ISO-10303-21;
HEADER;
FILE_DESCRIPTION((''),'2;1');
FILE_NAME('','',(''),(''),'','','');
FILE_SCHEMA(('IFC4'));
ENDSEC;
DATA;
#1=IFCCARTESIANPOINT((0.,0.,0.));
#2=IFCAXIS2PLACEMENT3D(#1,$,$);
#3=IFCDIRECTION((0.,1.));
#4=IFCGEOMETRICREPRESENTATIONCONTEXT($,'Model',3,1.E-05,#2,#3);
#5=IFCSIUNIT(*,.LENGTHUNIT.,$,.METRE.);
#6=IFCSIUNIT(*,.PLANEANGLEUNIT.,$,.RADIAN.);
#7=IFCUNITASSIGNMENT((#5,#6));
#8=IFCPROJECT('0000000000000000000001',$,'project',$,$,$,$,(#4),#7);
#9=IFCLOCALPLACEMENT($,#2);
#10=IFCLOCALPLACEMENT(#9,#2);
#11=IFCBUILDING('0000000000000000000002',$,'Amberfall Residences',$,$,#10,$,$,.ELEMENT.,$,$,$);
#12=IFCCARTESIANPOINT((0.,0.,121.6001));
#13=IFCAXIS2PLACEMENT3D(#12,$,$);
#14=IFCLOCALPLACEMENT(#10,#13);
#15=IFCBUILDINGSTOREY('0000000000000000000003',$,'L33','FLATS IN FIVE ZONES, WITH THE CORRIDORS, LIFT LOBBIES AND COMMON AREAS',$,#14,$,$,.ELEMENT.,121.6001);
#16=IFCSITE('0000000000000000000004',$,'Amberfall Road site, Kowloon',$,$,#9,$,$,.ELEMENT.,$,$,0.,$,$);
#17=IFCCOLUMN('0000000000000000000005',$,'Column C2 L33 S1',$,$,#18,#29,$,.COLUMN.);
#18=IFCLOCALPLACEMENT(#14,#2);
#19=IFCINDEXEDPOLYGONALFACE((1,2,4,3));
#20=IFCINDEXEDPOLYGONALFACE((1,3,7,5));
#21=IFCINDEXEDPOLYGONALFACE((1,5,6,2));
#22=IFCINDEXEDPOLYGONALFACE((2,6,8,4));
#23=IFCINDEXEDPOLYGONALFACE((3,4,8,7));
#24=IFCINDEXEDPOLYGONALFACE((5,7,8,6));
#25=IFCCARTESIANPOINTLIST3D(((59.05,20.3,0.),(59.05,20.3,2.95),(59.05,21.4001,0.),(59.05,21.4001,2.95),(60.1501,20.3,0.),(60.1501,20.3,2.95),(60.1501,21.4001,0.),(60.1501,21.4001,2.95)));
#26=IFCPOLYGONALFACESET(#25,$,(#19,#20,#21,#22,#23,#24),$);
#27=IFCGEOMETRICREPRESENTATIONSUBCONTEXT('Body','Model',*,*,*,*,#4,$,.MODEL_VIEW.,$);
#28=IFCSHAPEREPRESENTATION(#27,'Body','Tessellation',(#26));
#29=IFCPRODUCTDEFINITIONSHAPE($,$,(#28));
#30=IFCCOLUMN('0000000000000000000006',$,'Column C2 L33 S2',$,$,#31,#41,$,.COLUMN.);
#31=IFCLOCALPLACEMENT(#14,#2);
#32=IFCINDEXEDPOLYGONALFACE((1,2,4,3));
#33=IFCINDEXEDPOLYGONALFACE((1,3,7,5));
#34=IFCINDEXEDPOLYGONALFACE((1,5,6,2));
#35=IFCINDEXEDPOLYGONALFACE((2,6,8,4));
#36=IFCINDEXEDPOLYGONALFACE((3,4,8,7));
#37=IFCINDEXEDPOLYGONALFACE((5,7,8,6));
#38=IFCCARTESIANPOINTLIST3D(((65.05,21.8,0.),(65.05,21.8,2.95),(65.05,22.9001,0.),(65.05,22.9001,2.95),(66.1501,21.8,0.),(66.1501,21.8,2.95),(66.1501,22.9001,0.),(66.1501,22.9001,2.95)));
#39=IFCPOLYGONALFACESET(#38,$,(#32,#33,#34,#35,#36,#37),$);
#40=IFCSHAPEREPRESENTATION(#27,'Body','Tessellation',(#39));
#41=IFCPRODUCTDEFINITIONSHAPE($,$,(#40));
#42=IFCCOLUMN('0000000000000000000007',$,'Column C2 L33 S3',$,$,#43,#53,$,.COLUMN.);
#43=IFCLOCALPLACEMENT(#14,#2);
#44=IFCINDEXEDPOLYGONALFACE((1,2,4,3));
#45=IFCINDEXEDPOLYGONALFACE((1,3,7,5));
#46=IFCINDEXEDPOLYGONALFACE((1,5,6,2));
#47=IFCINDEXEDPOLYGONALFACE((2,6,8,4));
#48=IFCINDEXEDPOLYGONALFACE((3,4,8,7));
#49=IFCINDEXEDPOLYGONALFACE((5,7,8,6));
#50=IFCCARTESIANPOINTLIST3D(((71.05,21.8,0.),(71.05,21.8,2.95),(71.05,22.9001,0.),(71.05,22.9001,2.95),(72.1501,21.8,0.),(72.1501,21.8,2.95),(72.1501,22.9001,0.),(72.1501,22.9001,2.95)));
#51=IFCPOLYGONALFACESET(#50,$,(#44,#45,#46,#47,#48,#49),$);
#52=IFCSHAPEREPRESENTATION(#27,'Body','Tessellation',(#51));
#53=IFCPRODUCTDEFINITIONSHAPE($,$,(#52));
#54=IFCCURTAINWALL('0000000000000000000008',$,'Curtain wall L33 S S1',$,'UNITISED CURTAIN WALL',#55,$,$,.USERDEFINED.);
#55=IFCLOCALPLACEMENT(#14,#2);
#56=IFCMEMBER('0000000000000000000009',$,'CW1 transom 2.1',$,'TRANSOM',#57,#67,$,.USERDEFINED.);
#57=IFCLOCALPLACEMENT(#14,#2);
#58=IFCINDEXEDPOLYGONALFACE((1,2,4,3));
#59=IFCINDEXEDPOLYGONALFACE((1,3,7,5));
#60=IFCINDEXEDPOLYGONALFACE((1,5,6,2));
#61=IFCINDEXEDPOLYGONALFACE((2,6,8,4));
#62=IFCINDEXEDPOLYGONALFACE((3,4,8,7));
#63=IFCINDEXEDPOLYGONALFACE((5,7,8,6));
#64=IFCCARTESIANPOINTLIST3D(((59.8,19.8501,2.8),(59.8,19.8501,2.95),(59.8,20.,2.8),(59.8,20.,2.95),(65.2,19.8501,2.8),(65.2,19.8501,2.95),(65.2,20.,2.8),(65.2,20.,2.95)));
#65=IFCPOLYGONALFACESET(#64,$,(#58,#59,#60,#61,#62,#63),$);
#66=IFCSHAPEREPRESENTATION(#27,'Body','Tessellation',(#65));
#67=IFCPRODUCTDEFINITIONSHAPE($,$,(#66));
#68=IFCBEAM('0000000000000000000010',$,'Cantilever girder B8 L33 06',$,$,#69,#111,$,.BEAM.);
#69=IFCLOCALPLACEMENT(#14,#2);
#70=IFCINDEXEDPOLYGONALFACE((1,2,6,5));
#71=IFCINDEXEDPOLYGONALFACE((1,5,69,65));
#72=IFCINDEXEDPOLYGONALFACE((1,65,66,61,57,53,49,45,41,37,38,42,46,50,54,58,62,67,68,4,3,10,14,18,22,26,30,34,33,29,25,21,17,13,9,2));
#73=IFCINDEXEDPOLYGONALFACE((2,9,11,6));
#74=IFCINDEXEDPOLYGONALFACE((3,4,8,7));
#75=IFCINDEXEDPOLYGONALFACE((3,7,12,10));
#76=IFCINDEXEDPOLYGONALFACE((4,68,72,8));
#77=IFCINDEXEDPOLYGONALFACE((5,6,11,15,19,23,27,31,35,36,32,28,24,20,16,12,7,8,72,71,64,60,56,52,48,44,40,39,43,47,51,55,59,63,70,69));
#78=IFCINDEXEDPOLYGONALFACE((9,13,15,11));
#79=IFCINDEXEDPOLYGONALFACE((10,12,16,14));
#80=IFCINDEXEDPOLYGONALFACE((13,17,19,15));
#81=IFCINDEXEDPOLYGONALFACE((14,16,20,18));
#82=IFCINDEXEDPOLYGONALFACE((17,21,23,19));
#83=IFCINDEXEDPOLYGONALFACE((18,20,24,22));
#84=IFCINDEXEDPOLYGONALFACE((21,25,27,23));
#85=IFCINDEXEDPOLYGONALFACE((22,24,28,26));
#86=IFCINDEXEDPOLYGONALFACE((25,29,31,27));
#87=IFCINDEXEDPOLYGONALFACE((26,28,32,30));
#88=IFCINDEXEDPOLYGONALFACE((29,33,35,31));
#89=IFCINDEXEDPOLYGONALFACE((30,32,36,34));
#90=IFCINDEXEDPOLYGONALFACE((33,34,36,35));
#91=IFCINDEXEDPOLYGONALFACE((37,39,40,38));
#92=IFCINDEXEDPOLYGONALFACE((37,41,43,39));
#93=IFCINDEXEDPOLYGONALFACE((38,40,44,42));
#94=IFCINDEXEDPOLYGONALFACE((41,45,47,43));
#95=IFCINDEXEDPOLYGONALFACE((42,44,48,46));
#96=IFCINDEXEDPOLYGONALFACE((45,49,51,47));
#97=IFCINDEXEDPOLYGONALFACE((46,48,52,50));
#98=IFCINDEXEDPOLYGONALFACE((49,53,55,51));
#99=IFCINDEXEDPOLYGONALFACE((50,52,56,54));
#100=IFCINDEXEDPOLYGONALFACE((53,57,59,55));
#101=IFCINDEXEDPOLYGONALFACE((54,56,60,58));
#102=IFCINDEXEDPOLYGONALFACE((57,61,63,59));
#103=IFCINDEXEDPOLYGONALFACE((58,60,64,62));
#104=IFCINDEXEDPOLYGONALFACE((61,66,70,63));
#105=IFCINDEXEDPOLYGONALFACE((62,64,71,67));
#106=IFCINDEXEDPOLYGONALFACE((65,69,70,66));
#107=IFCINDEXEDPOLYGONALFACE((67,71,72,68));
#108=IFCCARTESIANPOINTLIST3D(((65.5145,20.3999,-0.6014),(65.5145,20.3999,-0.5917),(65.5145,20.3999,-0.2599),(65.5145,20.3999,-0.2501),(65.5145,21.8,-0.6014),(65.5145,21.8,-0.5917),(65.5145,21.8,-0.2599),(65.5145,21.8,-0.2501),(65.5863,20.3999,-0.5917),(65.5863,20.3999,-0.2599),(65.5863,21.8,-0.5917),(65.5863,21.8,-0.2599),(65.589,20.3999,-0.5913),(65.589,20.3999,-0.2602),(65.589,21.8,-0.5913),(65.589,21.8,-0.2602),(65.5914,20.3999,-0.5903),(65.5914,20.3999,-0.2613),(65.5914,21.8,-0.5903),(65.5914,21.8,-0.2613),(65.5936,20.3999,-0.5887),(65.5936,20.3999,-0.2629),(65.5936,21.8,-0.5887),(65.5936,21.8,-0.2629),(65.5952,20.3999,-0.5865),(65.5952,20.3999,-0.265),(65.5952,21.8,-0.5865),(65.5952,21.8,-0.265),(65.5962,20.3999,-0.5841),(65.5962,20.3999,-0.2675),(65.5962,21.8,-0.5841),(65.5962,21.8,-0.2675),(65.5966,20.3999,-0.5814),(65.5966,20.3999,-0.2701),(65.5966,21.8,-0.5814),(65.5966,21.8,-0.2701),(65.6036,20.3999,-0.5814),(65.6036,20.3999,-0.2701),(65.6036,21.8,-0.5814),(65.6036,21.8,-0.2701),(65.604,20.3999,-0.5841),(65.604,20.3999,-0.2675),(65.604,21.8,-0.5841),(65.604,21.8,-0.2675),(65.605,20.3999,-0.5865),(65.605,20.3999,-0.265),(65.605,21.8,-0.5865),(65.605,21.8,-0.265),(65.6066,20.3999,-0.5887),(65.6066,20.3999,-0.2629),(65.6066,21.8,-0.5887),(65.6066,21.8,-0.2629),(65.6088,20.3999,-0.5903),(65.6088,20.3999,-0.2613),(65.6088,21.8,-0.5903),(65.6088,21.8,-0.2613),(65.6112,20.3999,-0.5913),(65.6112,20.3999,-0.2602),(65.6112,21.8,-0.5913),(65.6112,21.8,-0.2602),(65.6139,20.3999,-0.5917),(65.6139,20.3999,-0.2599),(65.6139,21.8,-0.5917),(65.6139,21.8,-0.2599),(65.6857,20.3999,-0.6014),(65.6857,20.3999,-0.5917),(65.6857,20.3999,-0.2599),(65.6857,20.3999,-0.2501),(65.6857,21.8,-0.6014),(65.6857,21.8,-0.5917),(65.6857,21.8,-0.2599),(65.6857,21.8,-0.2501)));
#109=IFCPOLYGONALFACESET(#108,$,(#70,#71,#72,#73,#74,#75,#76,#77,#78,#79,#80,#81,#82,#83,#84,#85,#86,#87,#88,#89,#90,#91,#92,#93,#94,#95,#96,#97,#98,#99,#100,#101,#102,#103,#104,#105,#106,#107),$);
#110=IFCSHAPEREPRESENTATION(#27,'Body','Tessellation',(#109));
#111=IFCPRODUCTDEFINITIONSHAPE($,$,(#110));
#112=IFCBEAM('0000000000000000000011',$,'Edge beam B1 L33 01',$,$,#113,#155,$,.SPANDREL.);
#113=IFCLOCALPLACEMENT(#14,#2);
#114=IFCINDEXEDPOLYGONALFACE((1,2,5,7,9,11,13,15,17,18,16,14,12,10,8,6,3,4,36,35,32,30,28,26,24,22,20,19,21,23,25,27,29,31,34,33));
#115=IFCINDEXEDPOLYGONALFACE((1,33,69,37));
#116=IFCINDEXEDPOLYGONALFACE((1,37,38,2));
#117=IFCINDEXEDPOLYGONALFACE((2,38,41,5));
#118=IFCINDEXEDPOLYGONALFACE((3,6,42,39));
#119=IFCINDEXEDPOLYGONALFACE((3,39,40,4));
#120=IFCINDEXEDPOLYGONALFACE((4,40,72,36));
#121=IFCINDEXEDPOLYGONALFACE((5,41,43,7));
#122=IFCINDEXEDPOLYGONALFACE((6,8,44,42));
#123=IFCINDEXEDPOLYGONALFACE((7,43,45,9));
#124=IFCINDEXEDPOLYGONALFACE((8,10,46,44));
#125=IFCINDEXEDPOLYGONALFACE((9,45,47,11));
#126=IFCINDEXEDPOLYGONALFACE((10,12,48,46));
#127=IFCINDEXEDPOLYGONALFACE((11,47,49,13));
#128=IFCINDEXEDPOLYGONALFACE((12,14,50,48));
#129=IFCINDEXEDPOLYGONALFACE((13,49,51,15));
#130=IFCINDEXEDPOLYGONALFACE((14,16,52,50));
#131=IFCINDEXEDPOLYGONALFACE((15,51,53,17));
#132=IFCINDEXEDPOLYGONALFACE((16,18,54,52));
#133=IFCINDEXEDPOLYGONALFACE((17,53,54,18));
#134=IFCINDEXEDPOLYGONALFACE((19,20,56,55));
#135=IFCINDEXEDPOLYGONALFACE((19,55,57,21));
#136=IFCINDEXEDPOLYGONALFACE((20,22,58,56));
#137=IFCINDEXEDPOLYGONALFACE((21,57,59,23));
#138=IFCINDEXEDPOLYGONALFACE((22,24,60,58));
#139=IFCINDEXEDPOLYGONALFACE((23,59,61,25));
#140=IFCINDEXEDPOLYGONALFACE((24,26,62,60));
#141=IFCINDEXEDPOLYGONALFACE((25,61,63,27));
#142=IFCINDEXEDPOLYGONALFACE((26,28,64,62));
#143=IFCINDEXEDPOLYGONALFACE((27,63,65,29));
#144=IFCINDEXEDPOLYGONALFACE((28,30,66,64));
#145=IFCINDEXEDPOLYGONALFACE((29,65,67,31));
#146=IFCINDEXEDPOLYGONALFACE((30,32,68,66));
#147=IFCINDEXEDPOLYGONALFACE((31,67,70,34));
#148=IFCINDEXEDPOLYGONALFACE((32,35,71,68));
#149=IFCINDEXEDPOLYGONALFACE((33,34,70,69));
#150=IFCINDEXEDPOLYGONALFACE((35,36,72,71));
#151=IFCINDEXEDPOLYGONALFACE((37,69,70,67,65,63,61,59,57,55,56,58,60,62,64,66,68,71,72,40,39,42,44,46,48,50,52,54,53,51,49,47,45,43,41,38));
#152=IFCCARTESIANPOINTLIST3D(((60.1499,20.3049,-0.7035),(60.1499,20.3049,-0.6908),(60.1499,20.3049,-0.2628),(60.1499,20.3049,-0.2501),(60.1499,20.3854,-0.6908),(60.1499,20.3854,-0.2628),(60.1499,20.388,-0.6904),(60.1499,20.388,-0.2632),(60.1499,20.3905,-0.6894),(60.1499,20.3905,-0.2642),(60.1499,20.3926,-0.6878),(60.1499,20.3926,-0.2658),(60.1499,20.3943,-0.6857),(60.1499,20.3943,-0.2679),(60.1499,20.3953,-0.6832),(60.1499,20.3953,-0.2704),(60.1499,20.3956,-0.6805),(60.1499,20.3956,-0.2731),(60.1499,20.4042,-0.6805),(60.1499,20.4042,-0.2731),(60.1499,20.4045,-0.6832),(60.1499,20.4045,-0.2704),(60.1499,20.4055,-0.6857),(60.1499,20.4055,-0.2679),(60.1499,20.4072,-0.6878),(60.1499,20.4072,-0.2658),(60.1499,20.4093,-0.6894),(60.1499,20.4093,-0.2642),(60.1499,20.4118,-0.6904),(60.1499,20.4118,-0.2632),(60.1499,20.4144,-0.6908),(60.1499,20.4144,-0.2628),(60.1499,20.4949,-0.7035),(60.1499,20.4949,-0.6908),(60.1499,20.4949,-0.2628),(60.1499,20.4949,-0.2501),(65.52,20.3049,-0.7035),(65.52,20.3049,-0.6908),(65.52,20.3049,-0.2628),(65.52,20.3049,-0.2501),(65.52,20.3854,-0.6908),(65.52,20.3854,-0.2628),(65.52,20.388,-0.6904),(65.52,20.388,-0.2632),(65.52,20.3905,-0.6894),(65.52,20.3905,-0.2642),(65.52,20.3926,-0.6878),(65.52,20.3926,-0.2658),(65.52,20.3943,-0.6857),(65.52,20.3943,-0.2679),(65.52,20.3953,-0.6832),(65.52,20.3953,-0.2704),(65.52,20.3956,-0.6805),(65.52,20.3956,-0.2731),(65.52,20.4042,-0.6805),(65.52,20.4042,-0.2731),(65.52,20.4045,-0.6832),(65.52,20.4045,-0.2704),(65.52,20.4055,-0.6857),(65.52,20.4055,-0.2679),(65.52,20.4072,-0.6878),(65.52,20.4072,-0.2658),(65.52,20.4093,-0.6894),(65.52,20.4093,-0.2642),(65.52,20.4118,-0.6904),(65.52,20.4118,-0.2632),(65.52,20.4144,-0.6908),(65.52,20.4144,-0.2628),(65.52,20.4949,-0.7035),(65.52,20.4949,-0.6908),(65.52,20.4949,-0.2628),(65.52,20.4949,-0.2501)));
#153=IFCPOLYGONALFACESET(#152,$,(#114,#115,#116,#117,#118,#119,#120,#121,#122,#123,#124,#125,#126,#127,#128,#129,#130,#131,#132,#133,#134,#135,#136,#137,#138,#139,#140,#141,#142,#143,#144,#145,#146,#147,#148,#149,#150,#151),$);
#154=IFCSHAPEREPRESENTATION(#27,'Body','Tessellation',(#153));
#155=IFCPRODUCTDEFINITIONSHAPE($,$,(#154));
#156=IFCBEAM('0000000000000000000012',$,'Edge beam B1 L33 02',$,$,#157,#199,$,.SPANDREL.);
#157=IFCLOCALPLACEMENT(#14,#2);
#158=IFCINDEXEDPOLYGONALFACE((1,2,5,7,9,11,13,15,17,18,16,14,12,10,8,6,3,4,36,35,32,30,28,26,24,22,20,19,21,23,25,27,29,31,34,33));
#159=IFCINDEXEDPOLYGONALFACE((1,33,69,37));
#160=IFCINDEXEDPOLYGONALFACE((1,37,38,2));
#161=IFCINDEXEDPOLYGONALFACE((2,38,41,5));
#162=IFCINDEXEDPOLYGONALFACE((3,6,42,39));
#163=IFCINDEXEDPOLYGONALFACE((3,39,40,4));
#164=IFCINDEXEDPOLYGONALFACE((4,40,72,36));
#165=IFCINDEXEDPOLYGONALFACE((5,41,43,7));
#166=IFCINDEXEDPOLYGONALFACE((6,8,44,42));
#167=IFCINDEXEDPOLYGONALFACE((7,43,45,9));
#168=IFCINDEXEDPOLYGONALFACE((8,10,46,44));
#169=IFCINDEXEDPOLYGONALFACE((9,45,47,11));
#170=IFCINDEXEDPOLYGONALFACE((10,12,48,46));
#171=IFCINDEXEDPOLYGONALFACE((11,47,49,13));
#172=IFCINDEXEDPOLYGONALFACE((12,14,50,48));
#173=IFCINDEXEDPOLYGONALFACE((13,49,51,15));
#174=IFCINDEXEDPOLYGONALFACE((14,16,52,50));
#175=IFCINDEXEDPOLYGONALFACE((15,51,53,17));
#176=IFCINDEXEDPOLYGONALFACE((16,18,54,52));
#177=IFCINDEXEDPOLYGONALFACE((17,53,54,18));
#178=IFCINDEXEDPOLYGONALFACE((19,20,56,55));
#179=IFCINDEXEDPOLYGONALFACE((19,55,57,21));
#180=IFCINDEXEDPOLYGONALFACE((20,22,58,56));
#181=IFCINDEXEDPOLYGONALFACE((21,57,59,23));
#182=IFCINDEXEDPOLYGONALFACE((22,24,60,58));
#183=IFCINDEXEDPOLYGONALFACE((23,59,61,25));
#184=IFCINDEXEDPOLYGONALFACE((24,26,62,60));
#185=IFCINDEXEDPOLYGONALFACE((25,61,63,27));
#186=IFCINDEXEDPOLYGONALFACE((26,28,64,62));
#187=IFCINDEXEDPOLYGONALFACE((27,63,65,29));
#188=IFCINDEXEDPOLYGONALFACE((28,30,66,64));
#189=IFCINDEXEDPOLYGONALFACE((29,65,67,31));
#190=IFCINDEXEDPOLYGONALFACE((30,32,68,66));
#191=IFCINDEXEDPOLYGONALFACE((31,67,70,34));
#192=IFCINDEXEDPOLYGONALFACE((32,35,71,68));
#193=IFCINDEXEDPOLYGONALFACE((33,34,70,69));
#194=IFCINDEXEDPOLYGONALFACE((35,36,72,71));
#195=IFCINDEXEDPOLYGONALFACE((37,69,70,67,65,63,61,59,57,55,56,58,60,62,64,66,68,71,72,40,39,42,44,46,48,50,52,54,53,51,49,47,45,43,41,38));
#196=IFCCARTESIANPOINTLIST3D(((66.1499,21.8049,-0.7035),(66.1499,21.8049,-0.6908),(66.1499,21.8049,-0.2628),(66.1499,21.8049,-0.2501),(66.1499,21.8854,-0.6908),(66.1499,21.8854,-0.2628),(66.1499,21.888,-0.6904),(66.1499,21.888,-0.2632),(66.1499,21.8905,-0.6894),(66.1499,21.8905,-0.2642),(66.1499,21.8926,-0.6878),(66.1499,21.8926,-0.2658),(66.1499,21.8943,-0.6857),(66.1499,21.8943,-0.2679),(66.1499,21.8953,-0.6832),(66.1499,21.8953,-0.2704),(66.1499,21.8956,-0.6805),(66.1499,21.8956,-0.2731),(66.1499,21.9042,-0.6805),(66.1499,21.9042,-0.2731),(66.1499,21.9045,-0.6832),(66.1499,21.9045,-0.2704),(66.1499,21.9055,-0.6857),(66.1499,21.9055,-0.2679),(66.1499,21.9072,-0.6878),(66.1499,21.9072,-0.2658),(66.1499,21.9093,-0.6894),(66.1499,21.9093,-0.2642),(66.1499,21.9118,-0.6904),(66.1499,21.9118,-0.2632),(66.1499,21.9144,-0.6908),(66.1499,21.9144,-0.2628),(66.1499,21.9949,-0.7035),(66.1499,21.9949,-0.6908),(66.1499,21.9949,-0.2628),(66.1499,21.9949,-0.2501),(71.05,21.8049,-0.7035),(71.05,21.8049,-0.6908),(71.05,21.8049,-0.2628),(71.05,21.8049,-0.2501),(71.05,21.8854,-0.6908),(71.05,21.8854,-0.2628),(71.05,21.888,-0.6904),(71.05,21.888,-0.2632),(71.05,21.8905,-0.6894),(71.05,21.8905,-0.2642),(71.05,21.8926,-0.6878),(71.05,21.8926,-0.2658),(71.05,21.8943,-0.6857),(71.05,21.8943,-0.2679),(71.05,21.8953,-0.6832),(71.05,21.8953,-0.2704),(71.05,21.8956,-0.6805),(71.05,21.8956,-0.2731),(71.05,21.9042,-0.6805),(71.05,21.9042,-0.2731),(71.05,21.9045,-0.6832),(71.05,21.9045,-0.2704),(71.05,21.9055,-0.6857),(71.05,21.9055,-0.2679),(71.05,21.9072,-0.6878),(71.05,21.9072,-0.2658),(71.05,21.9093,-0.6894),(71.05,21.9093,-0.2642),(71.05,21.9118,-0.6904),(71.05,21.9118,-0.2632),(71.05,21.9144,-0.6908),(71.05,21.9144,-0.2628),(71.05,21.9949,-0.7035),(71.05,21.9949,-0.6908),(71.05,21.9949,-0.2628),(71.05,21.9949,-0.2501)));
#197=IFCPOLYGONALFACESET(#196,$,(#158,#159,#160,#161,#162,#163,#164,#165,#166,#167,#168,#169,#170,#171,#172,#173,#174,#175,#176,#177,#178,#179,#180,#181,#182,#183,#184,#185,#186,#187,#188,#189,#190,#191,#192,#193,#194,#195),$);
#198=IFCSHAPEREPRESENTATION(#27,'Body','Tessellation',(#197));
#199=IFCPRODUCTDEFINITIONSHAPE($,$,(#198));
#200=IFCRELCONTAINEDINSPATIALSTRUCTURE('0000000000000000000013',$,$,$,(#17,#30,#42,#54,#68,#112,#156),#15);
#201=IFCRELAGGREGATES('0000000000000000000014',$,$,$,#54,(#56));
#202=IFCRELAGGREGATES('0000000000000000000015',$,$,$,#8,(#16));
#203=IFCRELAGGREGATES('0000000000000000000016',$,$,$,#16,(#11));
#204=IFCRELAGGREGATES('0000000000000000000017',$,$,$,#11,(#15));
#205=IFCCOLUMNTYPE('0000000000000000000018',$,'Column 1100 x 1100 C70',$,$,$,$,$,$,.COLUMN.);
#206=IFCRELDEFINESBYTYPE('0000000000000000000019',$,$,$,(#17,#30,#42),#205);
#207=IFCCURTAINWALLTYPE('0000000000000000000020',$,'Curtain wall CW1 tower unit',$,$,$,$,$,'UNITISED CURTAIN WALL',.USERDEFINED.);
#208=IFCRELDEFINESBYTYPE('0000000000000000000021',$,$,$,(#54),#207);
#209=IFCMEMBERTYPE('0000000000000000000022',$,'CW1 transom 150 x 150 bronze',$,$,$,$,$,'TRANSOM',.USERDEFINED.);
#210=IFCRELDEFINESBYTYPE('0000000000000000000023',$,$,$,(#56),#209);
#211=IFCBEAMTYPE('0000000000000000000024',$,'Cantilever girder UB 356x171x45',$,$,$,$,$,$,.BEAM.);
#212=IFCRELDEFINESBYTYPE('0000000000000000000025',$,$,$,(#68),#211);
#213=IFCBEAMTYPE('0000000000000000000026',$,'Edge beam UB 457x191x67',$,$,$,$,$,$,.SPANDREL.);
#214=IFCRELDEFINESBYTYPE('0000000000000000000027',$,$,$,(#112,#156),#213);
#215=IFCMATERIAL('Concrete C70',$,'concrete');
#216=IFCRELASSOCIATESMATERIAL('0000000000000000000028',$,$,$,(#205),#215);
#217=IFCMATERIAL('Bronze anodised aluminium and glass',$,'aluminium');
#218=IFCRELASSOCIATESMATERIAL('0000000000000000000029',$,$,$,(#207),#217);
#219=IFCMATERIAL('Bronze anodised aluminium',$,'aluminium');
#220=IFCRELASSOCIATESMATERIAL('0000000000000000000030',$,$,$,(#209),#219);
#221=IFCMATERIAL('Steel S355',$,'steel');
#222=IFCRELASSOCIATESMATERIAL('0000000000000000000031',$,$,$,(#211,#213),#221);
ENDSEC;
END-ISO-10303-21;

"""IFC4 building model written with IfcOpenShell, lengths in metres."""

from ifc_helpers import new_model, si_unit, direction, frame, origin, origin_2d, place, context, subcontext, project, spatial, rectangle, i_section, extrude, material, material_profile, profile_set, type_object, element, aggregate, save


model = new_model("IFC4")

# Units and contexts
model_context = context("Model", 3, precision=1e-05, world=origin(), true_north=direction((0.0, 1.0)))
body_context = subcontext(model_context, "Body", "Model", "MODEL_VIEW")
ifc_project = project(units=[si_unit("LENGTHUNIT", "METRE"), si_unit("PLANEANGLEUNIT", "RADIAN")], contexts=[model_context])

# Site, building, storey
site_placement = place(None, origin())
site = spatial("IfcSite", under=ifc_project, at=site_placement, Name="Amberfall Road site, Kowloon", CompositionType="ELEMENT", RefElevation=0.0)
building_placement = place(site_placement, origin())
building = spatial("IfcBuilding", under=site, at=building_placement, Name="Amberfall Residences", CompositionType="ELEMENT")
storey_placement = place(building_placement, frame((0.0, 0.0, 121.6001)))
storey = spatial("IfcBuildingStorey", under=building, at=storey_placement, Name="L33", Description="FLATS IN FIVE ZONES, WITH THE CORRIDORS, LIFT LOBBIES AND COMMON AREAS", CompositionType="ELEMENT", Elevation=121.6001)

# Columns
ifc_material_1 = material(Name="Concrete C70", Category="concrete")
ifc_material_profile_1 = material_profile(ifc_material_1, rectangle(XDim=1.1001, YDim=1.1001, at=origin_2d()), Name="Column 1100 x 1100 C70")
ifc_profile_set_1 = profile_set([ifc_material_profile_1], Name="Concrete C70")
column_type = type_object("IfcColumnType", Name="Column 1100 x 1100 C70", PredefinedType="COLUMN", material=ifc_profile_set_1)
for number, where, z_axis, x_axis, name in (
    (1, (59.6001, 20.8501, 0.0), (0.0, 0.0, 1.0), (1.0, 0.0, 0.0), "Column C2 L33 S1"),
    (2, (65.6001, 22.3501, 0.0), (0.0, 0.0, 1.0), (1.0, 0.0, 0.0), "Column C2 L33 S2"),
    (3, (71.6001, 22.3501, 0.0), (0.0, 0.0, 1.0), (1.0, 0.0, 0.0), "Column C2 L33 S3"),
):
    element("IfcColumn", number, at=place(storey_placement, frame(where, z_axis=z_axis, x_axis=x_axis)), inside=storey, type_object=column_type, Name=name, PredefinedType="COLUMN", context=body_context, shape_type="SweptSolid", body=[
        extrude(rectangle(XDim=1.1001, YDim=1.1001, at=origin_2d()), origin(), (0.0, 0.0, 1.0), 2.95),
    ])

# Curtain wall, member
ifc_material_2 = material(Name="Bronze anodised aluminium and glass", Category="aluminium")
curtain_wall_type = type_object("IfcCurtainWallType", Name="Curtain wall CW1 tower unit", ElementType="UNITISED CURTAIN WALL", PredefinedType="USERDEFINED", material=ifc_material_2)
curtain_wall_placement = place(storey_placement, origin())
curtain_wall = element("IfcCurtainWall", 4, at=curtain_wall_placement, inside=storey, type_object=curtain_wall_type, Name="Curtain wall L33 S S1", ObjectType="UNITISED CURTAIN WALL", PredefinedType="USERDEFINED")
ifc_material_3 = material(Name="Bronze anodised aluminium", Category="aluminium")
ifc_material_profile_2 = material_profile(ifc_material_3, rectangle(XDim=0.1499, YDim=0.1499, at=origin_2d()), Name="CW1 transom 150 x 150 bronze")
ifc_profile_set_2 = profile_set([ifc_material_profile_2], Name="Bronze anodised aluminium")
member_type_1 = type_object("IfcMemberType", Name="CW1 transom 150 x 150 bronze", ElementType="TRANSOM", PredefinedType="USERDEFINED", material=ifc_profile_set_2)
member_1_placement = place(storey_placement, frame((59.8, 19.925, 2.875), z_axis=(1.0, 0.0, 0.0), x_axis=(0.0, 1.0, 0.0)))
member_1 = element("IfcMember", 5, at=member_1_placement, type_object=member_type_1, Name="CW1 transom 2.1", ObjectType="TRANSOM", PredefinedType="USERDEFINED", context=body_context, shape_type="SweptSolid", body=[
    extrude(rectangle(XDim=0.1499, YDim=0.1499, at=origin_2d()), origin(), (0.0, 0.0, 1.0), 5.3999),
])

# Beams
ifc_material_4 = material(Name="Steel S355", Category="steel")
ifc_material_profile_3 = material_profile(ifc_material_4, i_section(OverallWidth=0.1711, OverallDepth=0.3513, WebThickness=0.0071, FlangeThickness=0.0098, FilletRadius=0.0103, at=origin_2d()), Name="UB 356x171x45")
ifc_profile_set_3 = profile_set([ifc_material_profile_3], Name="Steel S355")
beam_type_1 = type_object("IfcBeamType", Name="Cantilever girder UB 356x171x45", PredefinedType="BEAM", material=ifc_profile_set_3)
beam_1_placement = place(storey_placement, frame((65.6001, 21.8, -0.4258), z_axis=(0.0, -1.0, 0.0), x_axis=(1.0, 0.0, 0.0)))
element("IfcBeam", 6, at=beam_1_placement, inside=storey, type_object=beam_type_1, Name="Cantilever girder B8 L33 06", PredefinedType="BEAM", context=body_context, shape_type="SweptSolid", body=[
    extrude(i_section(OverallWidth=0.1711, OverallDepth=0.3513, WebThickness=0.0071, FlangeThickness=0.0098, FilletRadius=0.0103, at=origin_2d()), origin(), (0.0, 0.0, 1.0), 1.4001),
])
ifc_material_profile_4 = material_profile(ifc_material_4, i_section(OverallWidth=0.1899, OverallDepth=0.4534, WebThickness=0.0085, FlangeThickness=0.0127, FilletRadius=0.0103, at=origin_2d()), Name="UB 457x191x67")
ifc_profile_set_4 = profile_set([ifc_material_profile_4], Name="Steel S355")
beam_type_2 = type_object("IfcBeamType", Name="Edge beam UB 457x191x67", PredefinedType="SPANDREL", material=ifc_profile_set_4)
beam_2_placement = place(storey_placement, frame((60.1499, 20.3999, -0.4768), z_axis=(1.0, 0.0, 0.0), x_axis=(0.0, 1.0, 0.0)))
element("IfcBeam", 7, at=beam_2_placement, inside=storey, type_object=beam_type_2, Name="Edge beam B1 L33 01", PredefinedType="SPANDREL", context=body_context, shape_type="SweptSolid", body=[
    extrude(i_section(OverallWidth=0.1899, OverallDepth=0.4534, WebThickness=0.0085, FlangeThickness=0.0127, FilletRadius=0.0103, at=origin_2d()), origin(), (0.0, 0.0, 1.0), 5.3701),
])
beam_3_placement = place(storey_placement, frame((66.1499, 21.8999, -0.4768), z_axis=(1.0, 0.0, 0.0), x_axis=(0.0, 1.0, 0.0)))
element("IfcBeam", 8, at=beam_3_placement, inside=storey, type_object=beam_type_2, Name="Edge beam B1 L33 02", PredefinedType="SPANDREL", context=body_context, shape_type="SweptSolid", body=[
    extrude(i_section(OverallWidth=0.1899, OverallDepth=0.4534, WebThickness=0.0085, FlangeThickness=0.0127, FilletRadius=0.0103, at=origin_2d()), origin(), (0.0, 0.0, 1.0), 4.9001),
])

aggregate(curtain_wall, [member_1])

save(model, "model.ifc")
